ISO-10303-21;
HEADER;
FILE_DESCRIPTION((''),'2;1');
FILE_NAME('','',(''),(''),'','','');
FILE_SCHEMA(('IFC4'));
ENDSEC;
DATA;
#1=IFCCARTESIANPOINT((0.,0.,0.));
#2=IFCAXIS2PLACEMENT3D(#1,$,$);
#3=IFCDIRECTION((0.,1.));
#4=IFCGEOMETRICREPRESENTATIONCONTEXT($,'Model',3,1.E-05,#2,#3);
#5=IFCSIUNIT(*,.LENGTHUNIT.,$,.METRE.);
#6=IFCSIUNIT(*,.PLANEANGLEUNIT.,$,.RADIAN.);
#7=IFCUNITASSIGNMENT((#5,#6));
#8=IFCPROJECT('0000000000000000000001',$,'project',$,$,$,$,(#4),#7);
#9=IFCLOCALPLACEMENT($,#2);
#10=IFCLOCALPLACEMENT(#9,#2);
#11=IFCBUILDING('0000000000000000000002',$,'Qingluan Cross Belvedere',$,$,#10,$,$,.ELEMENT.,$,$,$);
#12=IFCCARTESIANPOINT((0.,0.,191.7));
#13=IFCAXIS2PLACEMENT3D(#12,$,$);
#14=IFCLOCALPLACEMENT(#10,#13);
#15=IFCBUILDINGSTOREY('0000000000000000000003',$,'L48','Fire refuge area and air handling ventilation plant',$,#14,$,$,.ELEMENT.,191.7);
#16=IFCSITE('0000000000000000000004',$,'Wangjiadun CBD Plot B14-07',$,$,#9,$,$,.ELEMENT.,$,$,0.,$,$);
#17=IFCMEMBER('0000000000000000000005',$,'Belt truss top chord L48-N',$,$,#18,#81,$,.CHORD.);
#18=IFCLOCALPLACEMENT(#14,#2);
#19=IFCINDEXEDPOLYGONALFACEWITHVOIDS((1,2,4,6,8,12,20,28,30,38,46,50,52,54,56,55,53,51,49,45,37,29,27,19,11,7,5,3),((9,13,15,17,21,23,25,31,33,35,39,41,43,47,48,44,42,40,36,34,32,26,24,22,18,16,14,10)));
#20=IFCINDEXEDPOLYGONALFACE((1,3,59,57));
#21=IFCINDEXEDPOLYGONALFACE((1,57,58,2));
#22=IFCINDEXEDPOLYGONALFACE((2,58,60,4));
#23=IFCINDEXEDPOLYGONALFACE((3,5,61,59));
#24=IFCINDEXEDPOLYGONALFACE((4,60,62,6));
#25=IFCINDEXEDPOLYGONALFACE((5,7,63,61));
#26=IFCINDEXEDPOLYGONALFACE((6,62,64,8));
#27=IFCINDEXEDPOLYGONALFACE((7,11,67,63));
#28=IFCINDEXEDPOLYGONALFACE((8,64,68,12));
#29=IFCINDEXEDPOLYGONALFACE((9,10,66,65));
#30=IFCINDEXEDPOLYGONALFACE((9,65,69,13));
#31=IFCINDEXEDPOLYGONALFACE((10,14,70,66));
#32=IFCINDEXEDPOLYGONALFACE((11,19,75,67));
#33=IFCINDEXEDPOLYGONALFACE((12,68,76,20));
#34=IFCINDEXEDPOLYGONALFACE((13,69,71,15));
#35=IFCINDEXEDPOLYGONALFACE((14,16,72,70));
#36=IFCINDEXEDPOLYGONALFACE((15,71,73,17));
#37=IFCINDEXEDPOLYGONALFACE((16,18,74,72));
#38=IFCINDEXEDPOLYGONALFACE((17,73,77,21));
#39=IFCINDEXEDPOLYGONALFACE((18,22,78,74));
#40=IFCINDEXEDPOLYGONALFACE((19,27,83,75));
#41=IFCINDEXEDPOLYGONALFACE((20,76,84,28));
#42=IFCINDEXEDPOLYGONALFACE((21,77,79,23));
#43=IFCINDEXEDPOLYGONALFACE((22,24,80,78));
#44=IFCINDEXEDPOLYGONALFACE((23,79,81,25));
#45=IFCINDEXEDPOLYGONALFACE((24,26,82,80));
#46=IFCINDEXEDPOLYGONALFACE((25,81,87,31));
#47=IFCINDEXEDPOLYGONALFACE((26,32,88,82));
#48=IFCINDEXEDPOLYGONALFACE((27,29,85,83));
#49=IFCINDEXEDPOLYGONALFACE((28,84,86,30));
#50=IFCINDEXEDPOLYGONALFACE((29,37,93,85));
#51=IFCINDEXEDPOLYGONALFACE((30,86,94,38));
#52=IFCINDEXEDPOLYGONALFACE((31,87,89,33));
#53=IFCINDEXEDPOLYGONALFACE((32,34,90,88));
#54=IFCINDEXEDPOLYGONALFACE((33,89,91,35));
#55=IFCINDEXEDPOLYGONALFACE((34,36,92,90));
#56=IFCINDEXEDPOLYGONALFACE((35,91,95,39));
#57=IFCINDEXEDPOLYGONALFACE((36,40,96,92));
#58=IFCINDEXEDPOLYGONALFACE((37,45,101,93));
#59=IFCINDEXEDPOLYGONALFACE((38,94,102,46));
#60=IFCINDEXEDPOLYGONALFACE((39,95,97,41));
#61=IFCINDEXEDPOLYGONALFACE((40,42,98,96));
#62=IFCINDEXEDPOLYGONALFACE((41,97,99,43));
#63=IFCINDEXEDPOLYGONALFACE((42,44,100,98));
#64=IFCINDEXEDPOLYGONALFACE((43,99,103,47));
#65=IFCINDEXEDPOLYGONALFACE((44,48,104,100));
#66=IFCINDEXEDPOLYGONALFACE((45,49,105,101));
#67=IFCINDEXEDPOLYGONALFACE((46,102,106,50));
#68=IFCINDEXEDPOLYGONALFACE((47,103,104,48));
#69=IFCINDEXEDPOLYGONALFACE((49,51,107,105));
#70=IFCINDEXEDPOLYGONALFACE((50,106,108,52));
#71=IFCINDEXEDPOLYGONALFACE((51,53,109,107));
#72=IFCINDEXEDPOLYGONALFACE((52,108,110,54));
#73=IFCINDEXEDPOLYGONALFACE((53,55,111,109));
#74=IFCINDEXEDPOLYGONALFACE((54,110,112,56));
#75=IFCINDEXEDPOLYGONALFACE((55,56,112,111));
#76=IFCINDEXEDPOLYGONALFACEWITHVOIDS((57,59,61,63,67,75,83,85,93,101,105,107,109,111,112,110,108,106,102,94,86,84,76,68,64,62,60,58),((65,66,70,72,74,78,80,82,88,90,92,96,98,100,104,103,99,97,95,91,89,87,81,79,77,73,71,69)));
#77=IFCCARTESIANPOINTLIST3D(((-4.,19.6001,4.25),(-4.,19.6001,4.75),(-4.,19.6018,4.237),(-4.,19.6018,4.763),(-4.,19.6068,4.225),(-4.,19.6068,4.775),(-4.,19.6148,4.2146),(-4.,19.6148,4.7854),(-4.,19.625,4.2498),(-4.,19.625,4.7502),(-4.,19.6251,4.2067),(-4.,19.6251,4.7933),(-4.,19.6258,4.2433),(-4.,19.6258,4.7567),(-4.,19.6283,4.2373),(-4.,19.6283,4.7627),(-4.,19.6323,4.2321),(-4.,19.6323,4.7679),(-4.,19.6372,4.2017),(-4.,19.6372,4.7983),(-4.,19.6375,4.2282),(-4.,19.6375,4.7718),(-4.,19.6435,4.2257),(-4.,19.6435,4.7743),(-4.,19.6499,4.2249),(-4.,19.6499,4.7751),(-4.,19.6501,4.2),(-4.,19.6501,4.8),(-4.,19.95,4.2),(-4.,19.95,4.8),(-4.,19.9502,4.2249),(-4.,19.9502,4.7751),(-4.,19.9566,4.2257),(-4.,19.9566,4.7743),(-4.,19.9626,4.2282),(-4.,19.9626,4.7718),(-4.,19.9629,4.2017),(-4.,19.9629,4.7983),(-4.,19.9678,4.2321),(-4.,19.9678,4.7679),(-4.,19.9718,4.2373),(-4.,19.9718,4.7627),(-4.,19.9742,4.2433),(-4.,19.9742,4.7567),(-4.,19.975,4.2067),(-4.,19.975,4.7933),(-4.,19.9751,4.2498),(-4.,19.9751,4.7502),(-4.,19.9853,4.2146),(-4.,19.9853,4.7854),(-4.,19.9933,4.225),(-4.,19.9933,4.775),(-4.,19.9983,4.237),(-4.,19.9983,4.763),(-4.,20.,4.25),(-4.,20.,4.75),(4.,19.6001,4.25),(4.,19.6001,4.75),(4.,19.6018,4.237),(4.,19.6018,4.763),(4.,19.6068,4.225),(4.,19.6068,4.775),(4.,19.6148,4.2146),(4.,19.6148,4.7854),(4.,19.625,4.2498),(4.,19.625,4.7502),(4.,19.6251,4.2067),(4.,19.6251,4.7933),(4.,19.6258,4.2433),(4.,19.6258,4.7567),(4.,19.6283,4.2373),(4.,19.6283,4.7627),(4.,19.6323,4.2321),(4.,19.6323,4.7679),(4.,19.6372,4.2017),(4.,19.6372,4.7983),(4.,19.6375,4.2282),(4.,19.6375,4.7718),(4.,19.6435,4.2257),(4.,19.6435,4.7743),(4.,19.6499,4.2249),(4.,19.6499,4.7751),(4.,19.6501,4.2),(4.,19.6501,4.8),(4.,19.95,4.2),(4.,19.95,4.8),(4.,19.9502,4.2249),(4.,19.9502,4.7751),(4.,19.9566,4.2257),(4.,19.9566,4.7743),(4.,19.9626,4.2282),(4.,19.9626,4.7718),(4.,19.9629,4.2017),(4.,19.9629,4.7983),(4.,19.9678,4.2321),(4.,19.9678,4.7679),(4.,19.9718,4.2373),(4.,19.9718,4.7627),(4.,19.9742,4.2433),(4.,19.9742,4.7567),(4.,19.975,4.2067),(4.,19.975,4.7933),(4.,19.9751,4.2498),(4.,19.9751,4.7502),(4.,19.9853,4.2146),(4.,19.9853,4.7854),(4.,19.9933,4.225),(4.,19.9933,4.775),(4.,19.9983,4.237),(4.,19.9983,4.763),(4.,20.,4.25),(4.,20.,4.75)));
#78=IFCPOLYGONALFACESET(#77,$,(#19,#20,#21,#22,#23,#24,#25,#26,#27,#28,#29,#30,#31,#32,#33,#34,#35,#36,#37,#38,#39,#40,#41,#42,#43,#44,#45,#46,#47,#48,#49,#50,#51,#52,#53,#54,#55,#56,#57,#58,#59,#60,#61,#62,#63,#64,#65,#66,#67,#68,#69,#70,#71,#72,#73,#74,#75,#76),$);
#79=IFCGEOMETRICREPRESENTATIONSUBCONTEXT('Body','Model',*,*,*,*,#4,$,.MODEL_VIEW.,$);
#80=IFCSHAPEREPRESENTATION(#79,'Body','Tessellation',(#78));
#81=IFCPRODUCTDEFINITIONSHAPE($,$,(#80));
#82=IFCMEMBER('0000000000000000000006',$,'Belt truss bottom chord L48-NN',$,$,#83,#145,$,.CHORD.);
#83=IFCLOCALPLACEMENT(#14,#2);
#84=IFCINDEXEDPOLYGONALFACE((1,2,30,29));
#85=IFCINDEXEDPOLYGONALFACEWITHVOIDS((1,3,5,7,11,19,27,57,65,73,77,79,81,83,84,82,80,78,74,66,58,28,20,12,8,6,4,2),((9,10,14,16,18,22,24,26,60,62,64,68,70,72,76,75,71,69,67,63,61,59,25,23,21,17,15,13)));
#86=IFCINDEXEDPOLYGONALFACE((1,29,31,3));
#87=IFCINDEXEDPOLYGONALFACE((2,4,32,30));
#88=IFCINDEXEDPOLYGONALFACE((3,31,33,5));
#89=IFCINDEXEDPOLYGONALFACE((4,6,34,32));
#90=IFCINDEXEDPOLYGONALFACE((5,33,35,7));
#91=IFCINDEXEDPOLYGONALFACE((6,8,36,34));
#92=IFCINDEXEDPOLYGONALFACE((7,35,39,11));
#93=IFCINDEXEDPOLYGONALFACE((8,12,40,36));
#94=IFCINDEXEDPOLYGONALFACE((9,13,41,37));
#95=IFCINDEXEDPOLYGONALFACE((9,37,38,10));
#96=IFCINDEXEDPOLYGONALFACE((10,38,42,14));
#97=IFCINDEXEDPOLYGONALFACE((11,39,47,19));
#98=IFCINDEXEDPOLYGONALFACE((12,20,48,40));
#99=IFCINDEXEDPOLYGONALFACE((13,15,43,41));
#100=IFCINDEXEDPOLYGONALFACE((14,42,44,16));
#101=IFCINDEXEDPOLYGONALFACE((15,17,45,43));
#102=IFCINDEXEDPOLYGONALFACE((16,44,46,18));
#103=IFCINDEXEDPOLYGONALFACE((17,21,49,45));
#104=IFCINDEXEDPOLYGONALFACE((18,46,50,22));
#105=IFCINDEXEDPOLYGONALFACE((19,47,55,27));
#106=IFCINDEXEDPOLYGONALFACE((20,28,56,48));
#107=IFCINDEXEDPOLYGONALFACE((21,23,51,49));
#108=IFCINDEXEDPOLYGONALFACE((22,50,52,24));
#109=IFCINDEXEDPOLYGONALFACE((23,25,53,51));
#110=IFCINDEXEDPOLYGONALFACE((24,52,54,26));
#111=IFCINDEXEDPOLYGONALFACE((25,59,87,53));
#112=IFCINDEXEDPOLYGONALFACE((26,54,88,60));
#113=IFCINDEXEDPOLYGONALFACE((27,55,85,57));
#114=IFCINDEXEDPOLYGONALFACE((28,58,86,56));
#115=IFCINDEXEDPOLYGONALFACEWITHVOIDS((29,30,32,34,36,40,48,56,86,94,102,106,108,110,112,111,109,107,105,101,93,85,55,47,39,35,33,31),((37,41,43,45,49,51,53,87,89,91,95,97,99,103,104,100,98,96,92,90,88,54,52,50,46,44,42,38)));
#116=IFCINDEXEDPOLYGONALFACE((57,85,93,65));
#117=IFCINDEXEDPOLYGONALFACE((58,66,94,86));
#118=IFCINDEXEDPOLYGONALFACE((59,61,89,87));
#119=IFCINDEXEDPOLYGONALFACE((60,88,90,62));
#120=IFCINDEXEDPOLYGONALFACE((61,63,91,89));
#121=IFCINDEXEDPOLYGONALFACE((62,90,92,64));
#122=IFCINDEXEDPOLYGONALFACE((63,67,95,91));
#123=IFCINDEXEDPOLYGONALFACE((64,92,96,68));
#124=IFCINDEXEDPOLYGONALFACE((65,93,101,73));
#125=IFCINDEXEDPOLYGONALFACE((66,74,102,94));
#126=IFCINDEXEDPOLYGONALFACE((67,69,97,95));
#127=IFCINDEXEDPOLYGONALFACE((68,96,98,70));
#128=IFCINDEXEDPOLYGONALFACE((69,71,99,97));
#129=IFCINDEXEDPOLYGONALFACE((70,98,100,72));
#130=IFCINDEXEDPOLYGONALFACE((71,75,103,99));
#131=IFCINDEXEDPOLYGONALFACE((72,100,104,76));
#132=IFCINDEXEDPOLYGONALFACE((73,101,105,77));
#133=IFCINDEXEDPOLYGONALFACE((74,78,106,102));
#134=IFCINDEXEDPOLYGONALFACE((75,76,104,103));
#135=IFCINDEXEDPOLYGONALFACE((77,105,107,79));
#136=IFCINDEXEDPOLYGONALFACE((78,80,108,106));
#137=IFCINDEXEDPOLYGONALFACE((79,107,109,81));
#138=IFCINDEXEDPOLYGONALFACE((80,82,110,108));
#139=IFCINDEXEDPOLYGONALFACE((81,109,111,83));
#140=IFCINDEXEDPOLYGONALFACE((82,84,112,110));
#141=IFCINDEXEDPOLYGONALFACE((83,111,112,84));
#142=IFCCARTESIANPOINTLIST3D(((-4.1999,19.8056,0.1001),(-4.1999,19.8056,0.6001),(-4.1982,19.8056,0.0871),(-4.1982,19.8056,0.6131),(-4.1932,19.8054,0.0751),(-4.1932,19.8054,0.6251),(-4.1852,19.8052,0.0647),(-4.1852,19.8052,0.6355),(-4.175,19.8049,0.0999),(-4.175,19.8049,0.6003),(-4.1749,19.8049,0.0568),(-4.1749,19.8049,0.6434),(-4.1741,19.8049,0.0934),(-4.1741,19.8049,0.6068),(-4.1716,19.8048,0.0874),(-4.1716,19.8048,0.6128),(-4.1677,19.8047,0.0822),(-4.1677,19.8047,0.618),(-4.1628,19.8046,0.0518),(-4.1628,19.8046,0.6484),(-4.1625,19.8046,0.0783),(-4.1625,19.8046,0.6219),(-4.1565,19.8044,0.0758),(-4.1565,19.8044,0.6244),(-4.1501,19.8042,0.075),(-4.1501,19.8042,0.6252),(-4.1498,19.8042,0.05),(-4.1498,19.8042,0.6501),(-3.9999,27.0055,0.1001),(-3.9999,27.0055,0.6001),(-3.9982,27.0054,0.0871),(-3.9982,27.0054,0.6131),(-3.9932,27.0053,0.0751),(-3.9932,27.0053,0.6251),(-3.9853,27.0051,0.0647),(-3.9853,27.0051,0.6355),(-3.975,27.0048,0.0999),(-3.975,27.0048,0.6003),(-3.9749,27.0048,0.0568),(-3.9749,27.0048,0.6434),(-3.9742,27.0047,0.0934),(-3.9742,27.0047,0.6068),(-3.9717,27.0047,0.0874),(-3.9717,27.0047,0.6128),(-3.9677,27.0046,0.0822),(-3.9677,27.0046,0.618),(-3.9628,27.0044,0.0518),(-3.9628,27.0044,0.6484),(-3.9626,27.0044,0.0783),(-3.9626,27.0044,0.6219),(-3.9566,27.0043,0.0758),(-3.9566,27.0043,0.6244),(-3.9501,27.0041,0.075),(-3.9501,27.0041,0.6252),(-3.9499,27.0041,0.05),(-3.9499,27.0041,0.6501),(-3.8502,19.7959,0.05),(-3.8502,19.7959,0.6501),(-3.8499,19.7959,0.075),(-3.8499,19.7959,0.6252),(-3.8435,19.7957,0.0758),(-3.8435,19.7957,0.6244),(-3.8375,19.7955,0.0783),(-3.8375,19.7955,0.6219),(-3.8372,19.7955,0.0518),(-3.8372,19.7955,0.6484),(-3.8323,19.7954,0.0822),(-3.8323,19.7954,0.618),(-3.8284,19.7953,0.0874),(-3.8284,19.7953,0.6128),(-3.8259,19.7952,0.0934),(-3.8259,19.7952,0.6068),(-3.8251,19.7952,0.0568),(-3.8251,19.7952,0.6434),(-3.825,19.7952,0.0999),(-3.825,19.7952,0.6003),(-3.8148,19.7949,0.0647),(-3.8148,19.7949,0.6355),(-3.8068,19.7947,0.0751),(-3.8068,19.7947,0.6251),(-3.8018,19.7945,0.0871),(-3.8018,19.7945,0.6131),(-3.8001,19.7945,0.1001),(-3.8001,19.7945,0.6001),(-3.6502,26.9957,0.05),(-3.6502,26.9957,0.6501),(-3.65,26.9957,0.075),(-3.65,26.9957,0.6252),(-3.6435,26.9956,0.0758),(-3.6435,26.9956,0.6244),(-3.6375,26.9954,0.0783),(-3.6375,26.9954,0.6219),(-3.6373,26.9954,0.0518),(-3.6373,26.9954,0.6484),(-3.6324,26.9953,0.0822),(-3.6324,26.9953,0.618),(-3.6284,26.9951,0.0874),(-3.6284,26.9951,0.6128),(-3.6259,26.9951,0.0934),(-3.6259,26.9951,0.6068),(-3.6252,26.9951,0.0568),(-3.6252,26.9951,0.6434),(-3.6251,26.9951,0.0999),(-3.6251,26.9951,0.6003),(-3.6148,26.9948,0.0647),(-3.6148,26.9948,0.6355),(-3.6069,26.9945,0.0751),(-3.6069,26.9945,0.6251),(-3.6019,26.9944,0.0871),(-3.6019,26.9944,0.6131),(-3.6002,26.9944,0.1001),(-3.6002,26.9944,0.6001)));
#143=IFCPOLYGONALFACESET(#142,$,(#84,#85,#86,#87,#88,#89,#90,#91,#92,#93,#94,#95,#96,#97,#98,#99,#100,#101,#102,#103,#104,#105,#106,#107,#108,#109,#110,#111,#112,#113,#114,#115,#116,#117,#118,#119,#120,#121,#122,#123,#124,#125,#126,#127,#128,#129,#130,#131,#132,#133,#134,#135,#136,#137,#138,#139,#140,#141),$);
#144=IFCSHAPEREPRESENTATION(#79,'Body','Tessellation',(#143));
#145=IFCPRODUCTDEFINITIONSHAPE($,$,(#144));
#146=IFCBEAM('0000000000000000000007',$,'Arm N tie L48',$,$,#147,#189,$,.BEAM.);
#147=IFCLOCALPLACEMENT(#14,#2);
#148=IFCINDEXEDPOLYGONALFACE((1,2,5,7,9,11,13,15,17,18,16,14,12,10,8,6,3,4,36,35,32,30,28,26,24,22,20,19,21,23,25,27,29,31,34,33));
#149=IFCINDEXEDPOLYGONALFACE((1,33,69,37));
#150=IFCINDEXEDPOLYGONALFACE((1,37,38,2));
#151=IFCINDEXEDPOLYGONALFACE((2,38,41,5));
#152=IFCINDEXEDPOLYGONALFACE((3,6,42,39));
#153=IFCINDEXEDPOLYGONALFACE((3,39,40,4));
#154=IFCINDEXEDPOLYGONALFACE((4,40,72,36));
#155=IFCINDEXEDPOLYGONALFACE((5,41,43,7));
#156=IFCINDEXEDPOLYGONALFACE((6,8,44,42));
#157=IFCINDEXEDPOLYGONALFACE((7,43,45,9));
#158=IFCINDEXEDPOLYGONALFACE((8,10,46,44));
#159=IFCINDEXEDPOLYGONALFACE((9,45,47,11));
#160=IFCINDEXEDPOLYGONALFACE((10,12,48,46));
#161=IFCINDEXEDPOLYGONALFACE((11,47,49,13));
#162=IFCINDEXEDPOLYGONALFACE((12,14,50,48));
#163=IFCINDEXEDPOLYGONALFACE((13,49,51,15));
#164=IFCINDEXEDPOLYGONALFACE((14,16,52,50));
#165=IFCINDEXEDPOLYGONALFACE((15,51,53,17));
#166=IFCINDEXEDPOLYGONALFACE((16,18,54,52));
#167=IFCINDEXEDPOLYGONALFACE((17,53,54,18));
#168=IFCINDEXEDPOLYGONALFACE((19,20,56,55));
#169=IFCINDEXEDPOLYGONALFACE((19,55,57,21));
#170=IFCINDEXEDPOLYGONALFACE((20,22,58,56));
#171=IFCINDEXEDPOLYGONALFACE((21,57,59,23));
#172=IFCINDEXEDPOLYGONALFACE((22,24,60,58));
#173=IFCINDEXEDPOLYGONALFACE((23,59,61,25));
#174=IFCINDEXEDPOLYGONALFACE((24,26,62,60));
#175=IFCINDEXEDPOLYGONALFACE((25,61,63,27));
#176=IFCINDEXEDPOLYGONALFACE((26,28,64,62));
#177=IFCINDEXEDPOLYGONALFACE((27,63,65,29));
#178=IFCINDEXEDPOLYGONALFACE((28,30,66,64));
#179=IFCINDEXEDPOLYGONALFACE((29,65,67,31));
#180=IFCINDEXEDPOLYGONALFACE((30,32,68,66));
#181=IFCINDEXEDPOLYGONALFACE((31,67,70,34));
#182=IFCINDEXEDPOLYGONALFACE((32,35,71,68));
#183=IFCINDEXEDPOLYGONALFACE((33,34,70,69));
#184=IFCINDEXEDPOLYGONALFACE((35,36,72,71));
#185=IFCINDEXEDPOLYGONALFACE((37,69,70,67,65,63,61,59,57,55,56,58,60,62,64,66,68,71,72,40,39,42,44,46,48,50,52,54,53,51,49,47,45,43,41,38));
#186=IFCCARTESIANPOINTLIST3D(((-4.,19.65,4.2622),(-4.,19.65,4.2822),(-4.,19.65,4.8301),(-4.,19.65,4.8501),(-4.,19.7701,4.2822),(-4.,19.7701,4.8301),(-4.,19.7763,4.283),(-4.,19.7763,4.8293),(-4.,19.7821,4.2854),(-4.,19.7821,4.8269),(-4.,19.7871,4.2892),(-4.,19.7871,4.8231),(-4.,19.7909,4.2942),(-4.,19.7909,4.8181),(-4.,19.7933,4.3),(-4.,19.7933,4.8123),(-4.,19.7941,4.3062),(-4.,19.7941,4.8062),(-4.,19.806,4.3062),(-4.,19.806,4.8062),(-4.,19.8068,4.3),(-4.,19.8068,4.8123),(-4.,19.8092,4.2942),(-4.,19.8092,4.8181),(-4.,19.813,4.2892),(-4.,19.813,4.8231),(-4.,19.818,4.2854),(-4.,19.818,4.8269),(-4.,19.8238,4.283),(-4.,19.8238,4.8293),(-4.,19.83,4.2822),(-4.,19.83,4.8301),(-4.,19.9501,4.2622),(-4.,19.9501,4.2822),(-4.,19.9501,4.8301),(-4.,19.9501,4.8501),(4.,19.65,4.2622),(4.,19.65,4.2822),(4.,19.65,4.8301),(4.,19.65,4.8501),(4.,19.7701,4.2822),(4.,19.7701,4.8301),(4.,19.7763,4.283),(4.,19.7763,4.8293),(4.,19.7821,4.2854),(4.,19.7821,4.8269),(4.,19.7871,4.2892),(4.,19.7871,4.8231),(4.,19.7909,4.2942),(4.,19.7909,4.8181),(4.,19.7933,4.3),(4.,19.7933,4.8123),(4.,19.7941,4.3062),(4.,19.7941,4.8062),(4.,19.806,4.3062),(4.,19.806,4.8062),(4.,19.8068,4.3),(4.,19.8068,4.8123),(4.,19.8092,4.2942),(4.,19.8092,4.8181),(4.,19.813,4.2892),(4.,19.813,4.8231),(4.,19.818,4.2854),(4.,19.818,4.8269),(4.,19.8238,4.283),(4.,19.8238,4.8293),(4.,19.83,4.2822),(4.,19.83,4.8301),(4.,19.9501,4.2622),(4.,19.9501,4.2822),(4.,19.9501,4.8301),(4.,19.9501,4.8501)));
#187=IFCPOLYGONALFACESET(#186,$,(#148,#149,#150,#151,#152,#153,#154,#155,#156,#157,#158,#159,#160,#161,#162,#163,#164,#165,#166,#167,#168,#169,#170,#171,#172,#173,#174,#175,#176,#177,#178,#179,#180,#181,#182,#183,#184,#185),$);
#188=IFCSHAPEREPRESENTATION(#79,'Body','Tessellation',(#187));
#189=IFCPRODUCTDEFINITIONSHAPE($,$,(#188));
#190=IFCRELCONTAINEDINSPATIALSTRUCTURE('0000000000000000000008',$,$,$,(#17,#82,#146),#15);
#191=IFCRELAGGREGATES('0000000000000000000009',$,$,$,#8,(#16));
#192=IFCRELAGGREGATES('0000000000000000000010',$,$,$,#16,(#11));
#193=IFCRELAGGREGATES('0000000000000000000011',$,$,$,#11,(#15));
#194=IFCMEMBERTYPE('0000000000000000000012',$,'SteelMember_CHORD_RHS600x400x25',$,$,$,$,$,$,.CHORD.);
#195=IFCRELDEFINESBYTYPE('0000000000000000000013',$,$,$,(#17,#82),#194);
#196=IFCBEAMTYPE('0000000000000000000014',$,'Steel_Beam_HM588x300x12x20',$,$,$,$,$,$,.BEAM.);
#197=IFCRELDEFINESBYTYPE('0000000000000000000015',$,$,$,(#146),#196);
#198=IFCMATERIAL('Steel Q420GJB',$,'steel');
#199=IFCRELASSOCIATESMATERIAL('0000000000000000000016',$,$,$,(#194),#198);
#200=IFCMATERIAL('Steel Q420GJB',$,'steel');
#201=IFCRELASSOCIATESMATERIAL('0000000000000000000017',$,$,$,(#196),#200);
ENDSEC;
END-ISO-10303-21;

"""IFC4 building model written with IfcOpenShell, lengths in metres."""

from ifc_helpers import new_model, si_unit, direction, frame, origin, origin_2d, place, context, subcontext, project, spatial, hollow_rectangle, i_section, extrude, material, material_profile, profile_set, type_object, element, save


model = new_model("IFC4")

# Units and contexts
model_context = context("Model", 3, precision=1e-05, world=origin(), true_north=direction((0.0, 1.0)))
body_context = subcontext(model_context, "Body", "Model", "MODEL_VIEW")
ifc_project = project(units=[si_unit("LENGTHUNIT", "METRE"), si_unit("PLANEANGLEUNIT", "RADIAN")], contexts=[model_context])

# Site, building, storey
site_placement = place(None, origin())
site = spatial("IfcSite", under=ifc_project, at=site_placement, Name="Wangjiadun CBD Plot B14-07", CompositionType="ELEMENT", RefElevation=0.0)
building_placement = place(site_placement, origin())
building = spatial("IfcBuilding", under=site, at=building_placement, Name="Qingluan Cross Belvedere", CompositionType="ELEMENT")
storey_placement = place(building_placement, frame((0.0, 0.0, 191.7)))
storey = spatial("IfcBuildingStorey", under=building, at=storey_placement, Name="L48", Description="Fire refuge area and air handling ventilation plant", CompositionType="ELEMENT", Elevation=191.7)

# Members
ifc_material_1 = material(Name="Steel Q420GJB", Category="steel")
ifc_material_profile_1 = material_profile(ifc_material_1, hollow_rectangle(XDim=0.3999, YDim=0.6001, WallThickness=0.0249, InnerFilletRadius=0.0249, OuterFilletRadius=0.05, at=origin_2d()), Name="RHS600x400x25")
ifc_profile_set_1 = profile_set([ifc_material_profile_1], Name="Steel Q420GJB")
member_type_1 = type_object("IfcMemberType", Name="SteelMember_CHORD_RHS600x400x25", PredefinedType="CHORD", material=ifc_profile_set_1)
for number, where, z_axis, x_axis, name in (
    (1, (-4.0, 19.8, 4.5), (1.0, 0.0, 0.0), (0.0, 1.0, 0.0), "Belt truss top chord L48-N"),
):
    element("IfcMember", number, at=place(storey_placement, frame(where, z_axis=z_axis, x_axis=x_axis)), inside=storey, type_object=member_type_1, Name=name, PredefinedType="CHORD", context=body_context, shape_type="SweptSolid", body=[
        extrude(hollow_rectangle(XDim=0.3999, YDim=0.6001, WallThickness=0.0249, InnerFilletRadius=0.0249, OuterFilletRadius=0.05, at=origin_2d()), origin(), (0.0, 0.0, 1.0), 8.0),
    ])
member_1_placement = place(storey_placement, frame((-4.0, 19.8, 0.3501), z_axis=(0.02776, 0.999615, 0.0), x_axis=(-0.999615, 0.02776, 0.0)))
element("IfcMember", 2, at=member_1_placement, inside=storey, type_object=member_type_1, Name="Belt truss bottom chord L48-NN", PredefinedType="CHORD", context=body_context, shape_type="SweptSolid", body=[
    extrude(hollow_rectangle(XDim=0.3999, YDim=0.6001, WallThickness=0.0249, InnerFilletRadius=0.0249, OuterFilletRadius=0.05, at=origin_2d()), origin(), (0.0, 0.0, 1.0), 7.2026),
])

# Beam
ifc_material_2 = material(Name="Steel Q420GJB", Category="steel")
ifc_material_profile_2 = material_profile(ifc_material_2, i_section(OverallWidth=0.3, OverallDepth=0.5879, WebThickness=0.012, FlangeThickness=0.02, FilletRadius=0.0239, at=origin_2d()), Name="HM588x300x12x20")
ifc_profile_set_2 = profile_set([ifc_material_profile_2], Name="Steel Q420GJB")
beam_type_1 = type_object("IfcBeamType", Name="Steel_Beam_HM588x300x12x20", PredefinedType="BEAM", material=ifc_profile_set_2)
for number, where, z_axis, x_axis, name in (
    (3, (-4.0, 19.8, 4.5562), (1.0, 0.0, 0.0), (0.0, 1.0, 0.0), "Arm N tie L48"),
):
    element("IfcBeam", number, at=place(storey_placement, frame(where, z_axis=z_axis, x_axis=x_axis)), inside=storey, type_object=beam_type_1, Name=name, PredefinedType="BEAM", context=body_context, shape_type="SweptSolid", body=[
        extrude(i_section(OverallWidth=0.3, OverallDepth=0.5879, WebThickness=0.012, FlangeThickness=0.02, FilletRadius=0.0239, at=origin_2d()), origin(), (0.0, 0.0, 1.0), 8.0),
    ])

save(model, "model.ifc")
